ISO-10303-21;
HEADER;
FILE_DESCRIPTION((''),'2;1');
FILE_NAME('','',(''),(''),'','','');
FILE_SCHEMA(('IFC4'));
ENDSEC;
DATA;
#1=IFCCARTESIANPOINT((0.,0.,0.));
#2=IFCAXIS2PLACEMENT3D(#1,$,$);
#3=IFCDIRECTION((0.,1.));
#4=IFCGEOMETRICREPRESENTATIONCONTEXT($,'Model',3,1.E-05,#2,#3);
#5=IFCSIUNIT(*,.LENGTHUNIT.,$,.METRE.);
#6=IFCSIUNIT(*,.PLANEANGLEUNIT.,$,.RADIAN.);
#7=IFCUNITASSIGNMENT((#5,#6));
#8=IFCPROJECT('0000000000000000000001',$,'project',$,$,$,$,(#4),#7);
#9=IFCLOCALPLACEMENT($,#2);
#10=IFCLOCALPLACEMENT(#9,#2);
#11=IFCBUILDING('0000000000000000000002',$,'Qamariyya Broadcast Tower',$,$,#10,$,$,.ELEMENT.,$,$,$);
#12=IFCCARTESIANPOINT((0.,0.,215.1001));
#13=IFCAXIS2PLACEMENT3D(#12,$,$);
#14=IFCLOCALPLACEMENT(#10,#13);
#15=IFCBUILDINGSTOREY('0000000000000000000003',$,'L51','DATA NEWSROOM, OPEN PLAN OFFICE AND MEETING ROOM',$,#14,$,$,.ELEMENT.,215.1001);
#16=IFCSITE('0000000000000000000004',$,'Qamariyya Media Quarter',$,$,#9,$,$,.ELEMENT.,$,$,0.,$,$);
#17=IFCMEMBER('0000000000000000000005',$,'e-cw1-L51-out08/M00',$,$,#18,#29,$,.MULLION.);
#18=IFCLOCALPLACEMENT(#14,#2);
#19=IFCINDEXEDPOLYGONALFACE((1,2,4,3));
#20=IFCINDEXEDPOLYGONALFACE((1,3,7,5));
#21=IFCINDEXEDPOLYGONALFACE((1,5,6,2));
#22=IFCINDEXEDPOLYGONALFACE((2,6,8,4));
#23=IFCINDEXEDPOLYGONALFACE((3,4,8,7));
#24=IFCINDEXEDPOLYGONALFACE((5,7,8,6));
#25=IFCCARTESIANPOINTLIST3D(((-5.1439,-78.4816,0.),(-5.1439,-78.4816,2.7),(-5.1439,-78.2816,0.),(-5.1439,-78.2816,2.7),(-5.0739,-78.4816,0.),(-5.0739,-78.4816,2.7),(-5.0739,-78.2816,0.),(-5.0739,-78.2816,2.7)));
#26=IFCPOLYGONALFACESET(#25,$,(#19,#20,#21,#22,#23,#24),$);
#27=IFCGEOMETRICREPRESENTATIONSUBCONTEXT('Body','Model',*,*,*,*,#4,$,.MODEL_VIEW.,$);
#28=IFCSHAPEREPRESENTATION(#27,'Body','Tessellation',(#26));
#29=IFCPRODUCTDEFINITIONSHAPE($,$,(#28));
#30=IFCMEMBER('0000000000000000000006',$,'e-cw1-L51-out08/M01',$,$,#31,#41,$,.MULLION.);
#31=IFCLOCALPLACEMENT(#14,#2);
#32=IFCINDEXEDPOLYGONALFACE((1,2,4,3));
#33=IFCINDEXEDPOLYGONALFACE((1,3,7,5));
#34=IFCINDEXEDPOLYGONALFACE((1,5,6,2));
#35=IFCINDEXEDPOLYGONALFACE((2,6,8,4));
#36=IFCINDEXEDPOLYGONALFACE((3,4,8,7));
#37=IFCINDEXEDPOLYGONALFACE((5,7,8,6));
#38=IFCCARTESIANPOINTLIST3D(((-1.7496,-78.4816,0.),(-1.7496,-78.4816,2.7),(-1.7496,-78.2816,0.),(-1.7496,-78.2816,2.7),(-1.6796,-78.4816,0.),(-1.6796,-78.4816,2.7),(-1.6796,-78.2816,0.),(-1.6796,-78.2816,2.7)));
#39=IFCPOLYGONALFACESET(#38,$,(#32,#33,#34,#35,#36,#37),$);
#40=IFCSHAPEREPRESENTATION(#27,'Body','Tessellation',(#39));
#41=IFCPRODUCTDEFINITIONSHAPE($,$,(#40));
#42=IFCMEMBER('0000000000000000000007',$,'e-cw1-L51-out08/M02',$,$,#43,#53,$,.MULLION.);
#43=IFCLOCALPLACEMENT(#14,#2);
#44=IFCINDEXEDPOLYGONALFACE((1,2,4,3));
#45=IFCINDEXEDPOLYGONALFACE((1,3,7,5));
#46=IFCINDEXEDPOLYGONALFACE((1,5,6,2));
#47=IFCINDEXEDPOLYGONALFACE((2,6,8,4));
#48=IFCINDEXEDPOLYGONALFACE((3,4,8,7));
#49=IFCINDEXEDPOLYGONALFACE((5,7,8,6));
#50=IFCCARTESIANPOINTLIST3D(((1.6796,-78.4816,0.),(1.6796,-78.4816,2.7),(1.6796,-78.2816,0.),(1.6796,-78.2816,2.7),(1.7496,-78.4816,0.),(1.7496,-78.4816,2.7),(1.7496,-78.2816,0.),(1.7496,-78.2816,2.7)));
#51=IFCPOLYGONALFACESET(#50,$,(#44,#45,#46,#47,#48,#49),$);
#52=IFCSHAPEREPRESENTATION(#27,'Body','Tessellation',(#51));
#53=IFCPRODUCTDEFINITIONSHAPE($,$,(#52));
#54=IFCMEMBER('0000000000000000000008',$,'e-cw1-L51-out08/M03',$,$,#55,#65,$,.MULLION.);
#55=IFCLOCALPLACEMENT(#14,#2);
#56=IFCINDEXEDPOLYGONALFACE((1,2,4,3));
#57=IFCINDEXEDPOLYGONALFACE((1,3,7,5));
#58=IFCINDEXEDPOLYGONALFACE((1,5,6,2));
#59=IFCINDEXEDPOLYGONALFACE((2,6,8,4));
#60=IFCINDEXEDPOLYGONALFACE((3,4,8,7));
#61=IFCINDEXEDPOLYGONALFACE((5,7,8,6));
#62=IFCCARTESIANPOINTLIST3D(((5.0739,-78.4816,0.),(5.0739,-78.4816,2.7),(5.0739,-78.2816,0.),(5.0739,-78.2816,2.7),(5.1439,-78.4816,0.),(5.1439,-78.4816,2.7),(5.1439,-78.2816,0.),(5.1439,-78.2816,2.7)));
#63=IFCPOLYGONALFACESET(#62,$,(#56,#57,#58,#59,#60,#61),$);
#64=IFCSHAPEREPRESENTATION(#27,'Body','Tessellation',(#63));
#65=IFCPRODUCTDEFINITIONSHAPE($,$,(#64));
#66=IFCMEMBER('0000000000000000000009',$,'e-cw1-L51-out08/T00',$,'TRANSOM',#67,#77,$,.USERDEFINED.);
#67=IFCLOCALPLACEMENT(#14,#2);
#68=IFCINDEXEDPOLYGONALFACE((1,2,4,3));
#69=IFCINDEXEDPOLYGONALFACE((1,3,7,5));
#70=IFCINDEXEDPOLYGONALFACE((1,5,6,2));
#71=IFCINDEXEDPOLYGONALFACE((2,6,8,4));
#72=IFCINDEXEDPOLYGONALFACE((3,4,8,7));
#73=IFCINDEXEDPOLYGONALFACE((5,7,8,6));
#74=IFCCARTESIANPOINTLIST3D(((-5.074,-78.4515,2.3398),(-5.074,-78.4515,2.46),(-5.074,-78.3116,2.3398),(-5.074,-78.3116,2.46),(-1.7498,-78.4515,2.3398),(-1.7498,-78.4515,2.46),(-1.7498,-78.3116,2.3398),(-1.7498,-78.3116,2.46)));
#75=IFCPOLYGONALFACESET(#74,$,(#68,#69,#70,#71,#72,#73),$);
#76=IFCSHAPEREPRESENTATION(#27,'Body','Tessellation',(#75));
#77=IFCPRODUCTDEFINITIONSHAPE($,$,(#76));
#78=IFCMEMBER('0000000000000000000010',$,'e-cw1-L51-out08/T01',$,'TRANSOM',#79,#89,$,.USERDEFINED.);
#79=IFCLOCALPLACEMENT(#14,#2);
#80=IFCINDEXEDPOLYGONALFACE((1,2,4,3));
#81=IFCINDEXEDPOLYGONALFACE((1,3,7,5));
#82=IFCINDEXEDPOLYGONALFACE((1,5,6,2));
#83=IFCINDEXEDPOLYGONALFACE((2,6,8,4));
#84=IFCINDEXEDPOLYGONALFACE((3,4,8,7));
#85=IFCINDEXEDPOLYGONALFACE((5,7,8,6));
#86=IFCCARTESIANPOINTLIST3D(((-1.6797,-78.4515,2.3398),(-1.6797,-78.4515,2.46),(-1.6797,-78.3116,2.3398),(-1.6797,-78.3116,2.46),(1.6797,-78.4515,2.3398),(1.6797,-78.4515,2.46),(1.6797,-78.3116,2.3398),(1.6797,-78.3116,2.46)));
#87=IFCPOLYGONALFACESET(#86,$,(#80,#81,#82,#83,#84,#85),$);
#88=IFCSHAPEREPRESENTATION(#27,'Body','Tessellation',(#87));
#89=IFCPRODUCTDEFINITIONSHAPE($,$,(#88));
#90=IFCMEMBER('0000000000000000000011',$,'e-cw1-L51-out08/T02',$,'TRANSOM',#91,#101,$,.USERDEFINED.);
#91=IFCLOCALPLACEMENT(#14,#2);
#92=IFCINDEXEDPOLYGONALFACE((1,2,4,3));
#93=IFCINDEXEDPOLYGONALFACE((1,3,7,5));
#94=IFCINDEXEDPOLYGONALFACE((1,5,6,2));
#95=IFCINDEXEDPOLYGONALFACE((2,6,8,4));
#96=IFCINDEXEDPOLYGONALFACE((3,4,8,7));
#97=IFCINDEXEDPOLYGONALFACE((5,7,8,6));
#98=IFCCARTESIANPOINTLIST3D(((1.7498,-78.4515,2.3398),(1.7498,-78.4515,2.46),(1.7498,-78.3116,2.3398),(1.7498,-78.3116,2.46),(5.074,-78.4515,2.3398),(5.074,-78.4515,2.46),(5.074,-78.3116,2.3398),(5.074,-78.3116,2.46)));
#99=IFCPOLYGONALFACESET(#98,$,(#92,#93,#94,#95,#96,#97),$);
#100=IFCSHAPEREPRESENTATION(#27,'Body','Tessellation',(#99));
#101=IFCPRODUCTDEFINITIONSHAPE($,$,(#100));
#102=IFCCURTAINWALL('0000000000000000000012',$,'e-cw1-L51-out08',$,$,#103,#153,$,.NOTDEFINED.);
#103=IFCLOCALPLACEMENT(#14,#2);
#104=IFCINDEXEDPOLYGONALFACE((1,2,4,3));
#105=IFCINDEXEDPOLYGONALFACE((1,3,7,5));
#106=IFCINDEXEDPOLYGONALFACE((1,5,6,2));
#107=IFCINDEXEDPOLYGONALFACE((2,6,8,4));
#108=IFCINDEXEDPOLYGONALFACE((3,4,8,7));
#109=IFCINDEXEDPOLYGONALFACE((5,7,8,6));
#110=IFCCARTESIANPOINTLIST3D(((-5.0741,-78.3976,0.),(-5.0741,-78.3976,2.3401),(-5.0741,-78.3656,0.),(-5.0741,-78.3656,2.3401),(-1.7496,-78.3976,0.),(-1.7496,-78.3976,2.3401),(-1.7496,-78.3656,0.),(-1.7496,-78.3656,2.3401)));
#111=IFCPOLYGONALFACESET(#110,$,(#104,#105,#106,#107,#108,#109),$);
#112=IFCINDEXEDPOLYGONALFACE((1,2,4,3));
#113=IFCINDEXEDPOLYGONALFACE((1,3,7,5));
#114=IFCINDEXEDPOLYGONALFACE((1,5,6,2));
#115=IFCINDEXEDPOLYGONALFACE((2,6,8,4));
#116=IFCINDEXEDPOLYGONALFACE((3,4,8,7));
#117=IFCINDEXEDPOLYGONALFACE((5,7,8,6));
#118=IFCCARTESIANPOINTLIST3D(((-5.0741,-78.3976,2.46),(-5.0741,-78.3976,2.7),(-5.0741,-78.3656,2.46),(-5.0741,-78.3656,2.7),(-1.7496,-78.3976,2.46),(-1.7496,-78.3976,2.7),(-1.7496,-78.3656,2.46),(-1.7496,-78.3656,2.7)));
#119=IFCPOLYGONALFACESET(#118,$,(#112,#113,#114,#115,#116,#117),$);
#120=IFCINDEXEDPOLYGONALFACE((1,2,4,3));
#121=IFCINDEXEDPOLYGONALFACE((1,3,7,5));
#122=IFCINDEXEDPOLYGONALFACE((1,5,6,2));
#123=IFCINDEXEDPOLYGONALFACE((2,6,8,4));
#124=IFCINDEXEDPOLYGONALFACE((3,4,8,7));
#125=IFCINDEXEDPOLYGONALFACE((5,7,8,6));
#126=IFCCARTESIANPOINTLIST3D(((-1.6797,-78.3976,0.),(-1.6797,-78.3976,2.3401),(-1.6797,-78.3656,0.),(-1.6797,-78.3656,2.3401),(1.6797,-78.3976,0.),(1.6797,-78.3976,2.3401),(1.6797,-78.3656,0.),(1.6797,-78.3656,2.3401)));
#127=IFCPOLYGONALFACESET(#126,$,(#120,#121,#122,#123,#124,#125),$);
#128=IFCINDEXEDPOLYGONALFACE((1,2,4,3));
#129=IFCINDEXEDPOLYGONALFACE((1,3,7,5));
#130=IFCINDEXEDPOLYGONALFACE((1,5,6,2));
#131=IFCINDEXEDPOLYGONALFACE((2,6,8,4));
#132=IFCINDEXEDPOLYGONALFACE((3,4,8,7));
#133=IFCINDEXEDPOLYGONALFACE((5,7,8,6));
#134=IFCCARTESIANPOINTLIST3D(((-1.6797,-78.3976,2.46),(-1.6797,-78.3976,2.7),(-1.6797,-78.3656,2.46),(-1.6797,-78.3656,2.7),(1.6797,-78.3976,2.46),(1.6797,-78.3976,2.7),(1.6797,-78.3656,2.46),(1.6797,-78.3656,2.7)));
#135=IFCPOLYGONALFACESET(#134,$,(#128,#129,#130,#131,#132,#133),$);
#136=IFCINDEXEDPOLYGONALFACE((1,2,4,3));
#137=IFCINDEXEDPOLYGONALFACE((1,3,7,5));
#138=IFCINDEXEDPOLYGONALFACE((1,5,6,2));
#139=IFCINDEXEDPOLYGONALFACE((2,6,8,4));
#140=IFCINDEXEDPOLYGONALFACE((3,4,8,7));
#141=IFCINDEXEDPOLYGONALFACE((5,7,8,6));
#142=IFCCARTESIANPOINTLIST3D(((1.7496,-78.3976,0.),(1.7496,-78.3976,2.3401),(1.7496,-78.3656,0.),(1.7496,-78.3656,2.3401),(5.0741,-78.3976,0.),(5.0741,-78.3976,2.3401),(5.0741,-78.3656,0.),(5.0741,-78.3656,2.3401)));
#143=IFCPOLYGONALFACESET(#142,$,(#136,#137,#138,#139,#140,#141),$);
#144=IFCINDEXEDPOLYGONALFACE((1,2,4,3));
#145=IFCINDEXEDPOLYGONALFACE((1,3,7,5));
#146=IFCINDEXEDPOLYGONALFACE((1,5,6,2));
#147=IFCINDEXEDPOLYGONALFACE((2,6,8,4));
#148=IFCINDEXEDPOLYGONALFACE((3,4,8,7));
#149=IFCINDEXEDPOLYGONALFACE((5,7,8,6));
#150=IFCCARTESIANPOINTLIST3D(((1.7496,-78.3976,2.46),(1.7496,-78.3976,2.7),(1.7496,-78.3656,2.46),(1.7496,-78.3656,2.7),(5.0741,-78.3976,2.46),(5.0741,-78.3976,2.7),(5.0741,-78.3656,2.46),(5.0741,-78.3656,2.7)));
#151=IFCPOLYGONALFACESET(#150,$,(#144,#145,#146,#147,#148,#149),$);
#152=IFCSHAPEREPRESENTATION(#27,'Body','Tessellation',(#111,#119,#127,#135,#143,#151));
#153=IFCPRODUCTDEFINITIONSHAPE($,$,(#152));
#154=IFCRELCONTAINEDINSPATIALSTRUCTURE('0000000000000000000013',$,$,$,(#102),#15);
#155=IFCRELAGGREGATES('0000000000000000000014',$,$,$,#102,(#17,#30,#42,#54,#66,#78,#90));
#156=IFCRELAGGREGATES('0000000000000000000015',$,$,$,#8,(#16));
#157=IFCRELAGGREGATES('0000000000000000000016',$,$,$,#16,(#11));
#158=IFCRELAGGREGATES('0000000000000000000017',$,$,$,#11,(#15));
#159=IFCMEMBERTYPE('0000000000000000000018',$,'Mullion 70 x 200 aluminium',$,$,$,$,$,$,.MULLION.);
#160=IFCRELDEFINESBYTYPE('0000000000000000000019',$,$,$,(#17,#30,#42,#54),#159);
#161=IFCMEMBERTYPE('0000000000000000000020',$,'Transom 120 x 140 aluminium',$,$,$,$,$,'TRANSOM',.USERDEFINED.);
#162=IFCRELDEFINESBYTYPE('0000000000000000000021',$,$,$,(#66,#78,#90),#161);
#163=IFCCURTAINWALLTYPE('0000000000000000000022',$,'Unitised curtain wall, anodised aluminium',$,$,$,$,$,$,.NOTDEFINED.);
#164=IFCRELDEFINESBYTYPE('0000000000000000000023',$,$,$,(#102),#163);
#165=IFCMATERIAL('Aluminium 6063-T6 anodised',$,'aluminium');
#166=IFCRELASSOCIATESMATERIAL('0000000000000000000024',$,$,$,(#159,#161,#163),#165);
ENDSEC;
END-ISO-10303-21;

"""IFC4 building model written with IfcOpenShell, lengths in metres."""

from ifc_helpers import new_model, si_unit, direction, frame, origin, origin_2d, place, context, subcontext, project, spatial, rectangle, extrude, material, material_profile, profile_set, type_object, element, aggregate, save


model = new_model("IFC4")

# Units and contexts
model_context = context("Model", 3, precision=1e-05, world=origin(), true_north=direction((0.0, 1.0)))
body_context = subcontext(model_context, "Body", "Model", "MODEL_VIEW")
ifc_project = project(units=[si_unit("LENGTHUNIT", "METRE"), si_unit("PLANEANGLEUNIT", "RADIAN")], contexts=[model_context])

# Members
ifc_material = material(Name="Aluminium 6063-T6 anodised", Category="aluminium")
ifc_material_profile_1 = material_profile(ifc_material, rectangle(XDim=0.2, YDim=0.0701, at=origin_2d()))
ifc_profile_set_1 = profile_set([ifc_material_profile_1], Name="Aluminium 6063-T6 anodised")
member_type_1 = type_object("IfcMemberType", Name="Mullion 70 x 200 aluminium", PredefinedType="MULLION", material=ifc_profile_set_1)
site_placement = place(None, origin())
building_placement = place(site_placement, origin())
storey_placement = place(building_placement, frame((0.0, 0.0, 215.1001)))
member_1_placement = place(storey_placement, frame((-5.1089, -78.3816, 0.0), z_axis=(0.0, 0.0, 1.0), x_axis=(0.0, 1.0, 0.0)))
member_1 = element("IfcMember", 1, at=member_1_placement, type_object=member_type_1, Name="e-cw1-L51-out08/M00", PredefinedType="MULLION", context=body_context, shape_type="SweptSolid", body=[
    extrude(rectangle(XDim=0.2, YDim=0.0701, at=origin_2d()), origin(), (0.0, 0.0, 1.0), 2.7),
])
member_2_placement = place(storey_placement, frame((-1.7146, -78.3816, 0.0), z_axis=(0.0, 0.0, 1.0), x_axis=(0.0, 1.0, 0.0)))
member_2 = element("IfcMember", 2, at=member_2_placement, type_object=member_type_1, Name="e-cw1-L51-out08/M01", PredefinedType="MULLION", context=body_context, shape_type="SweptSolid", body=[
    extrude(rectangle(XDim=0.2, YDim=0.0701, at=origin_2d()), origin(), (0.0, 0.0, 1.0), 2.7),
])
member_3_placement = place(storey_placement, frame((1.7146, -78.3816, 0.0), z_axis=(0.0, 0.0, 1.0), x_axis=(0.0, 1.0, 0.0)))
member_3 = element("IfcMember", 3, at=member_3_placement, type_object=member_type_1, Name="e-cw1-L51-out08/M02", PredefinedType="MULLION", context=body_context, shape_type="SweptSolid", body=[
    extrude(rectangle(XDim=0.2, YDim=0.0701, at=origin_2d()), origin(), (0.0, 0.0, 1.0), 2.7),
])
member_4_placement = place(storey_placement, frame((5.1089, -78.3816, 0.0), z_axis=(0.0, 0.0, 1.0), x_axis=(0.0, 1.0, 0.0)))
member_4 = element("IfcMember", 4, at=member_4_placement, type_object=member_type_1, Name="e-cw1-L51-out08/M03", PredefinedType="MULLION", context=body_context, shape_type="SweptSolid", body=[
    extrude(rectangle(XDim=0.2, YDim=0.0701, at=origin_2d()), origin(), (0.0, 0.0, 1.0), 2.7),
])
ifc_material_profile_2 = material_profile(ifc_material, rectangle(XDim=0.1399, YDim=0.1201, at=origin_2d()))
ifc_profile_set_2 = profile_set([ifc_material_profile_2], Name="Aluminium 6063-T6 anodised")
member_type_2 = type_object("IfcMemberType", Name="Transom 120 x 140 aluminium", ElementType="TRANSOM", PredefinedType="USERDEFINED", material=ifc_profile_set_2)
member_5_placement = place(storey_placement, frame((-5.074, -78.3816, 2.3999), z_axis=(1.0, 0.0, 0.0), x_axis=(0.0, 1.0, 0.0)))
member_5 = element("IfcMember", 5, at=member_5_placement, type_object=member_type_2, Name="e-cw1-L51-out08/T00", ObjectType="TRANSOM", PredefinedType="USERDEFINED", context=body_context, shape_type="SweptSolid", body=[
    extrude(rectangle(XDim=0.1399, YDim=0.1201, at=origin_2d()), origin(), (0.0, 0.0, 1.0), 3.3242),
])
member_6_placement = place(storey_placement, frame((-1.6797, -78.3816, 2.3999), z_axis=(1.0, 0.0, 0.0), x_axis=(0.0, 1.0, 0.0)))
member_6 = element("IfcMember", 6, at=member_6_placement, type_object=member_type_2, Name="e-cw1-L51-out08/T01", ObjectType="TRANSOM", PredefinedType="USERDEFINED", context=body_context, shape_type="SweptSolid", body=[
    extrude(rectangle(XDim=0.1399, YDim=0.1201, at=origin_2d()), origin(), (0.0, 0.0, 1.0), 3.3594),
])
member_7_placement = place(storey_placement, frame((1.7498, -78.3816, 2.3999), z_axis=(1.0, 0.0, 0.0), x_axis=(0.0, 1.0, 0.0)))
member_7 = element("IfcMember", 7, at=member_7_placement, type_object=member_type_2, Name="e-cw1-L51-out08/T02", ObjectType="TRANSOM", PredefinedType="USERDEFINED", context=body_context, shape_type="SweptSolid", body=[
    extrude(rectangle(XDim=0.1399, YDim=0.1201, at=origin_2d()), origin(), (0.0, 0.0, 1.0), 3.3242),
])

# Site, building, storey
site = spatial("IfcSite", under=ifc_project, at=site_placement, Name="Qamariyya Media Quarter", CompositionType="ELEMENT", RefElevation=0.0)
building = spatial("IfcBuilding", under=site, at=building_placement, Name="Qamariyya Broadcast Tower", CompositionType="ELEMENT")
storey = spatial("IfcBuildingStorey", under=building, at=storey_placement, Name="L51", Description="DATA NEWSROOM, OPEN PLAN OFFICE AND MEETING ROOM", CompositionType="ELEMENT", Elevation=215.1001)

# Curtain wall
curtain_wall_type = type_object("IfcCurtainWallType", Name="Unitised curtain wall, anodised aluminium", PredefinedType="NOTDEFINED", material=ifc_material)
curtain_wall_1_placement = place(storey_placement, origin())
curtain_wall_1 = element("IfcCurtainWall", 8, at=curtain_wall_1_placement, inside=storey, type_object=curtain_wall_type, Name="e-cw1-L51-out08", PredefinedType="NOTDEFINED", context=body_context, shape_type="SweptSolid", body=[
    extrude(rectangle(XDim=3.3245, YDim=0.032, at=origin_2d()), frame((-3.4119, -78.3816, 0.0), x_axis=(1.0, 0.0, 0.0)), (0.0, 0.0, 1.0), 2.3401),
    extrude(rectangle(XDim=3.3245, YDim=0.032, at=origin_2d()), frame((-3.4119, -78.3816, 2.46), x_axis=(1.0, 0.0, 0.0)), (0.0, 0.0, 1.0), 0.24),
    extrude(rectangle(XDim=3.3594, YDim=0.032, at=origin_2d()), frame((0.0, -78.3816, 0.0), x_axis=(1.0, 0.0, 0.0)), (0.0, 0.0, 1.0), 2.3401),
    extrude(rectangle(XDim=3.3594, YDim=0.032, at=origin_2d()), frame((0.0, -78.3816, 2.46), x_axis=(1.0, 0.0, 0.0)), (0.0, 0.0, 1.0), 0.24),
    extrude(rectangle(XDim=3.3245, YDim=0.032, at=origin_2d()), frame((3.4119, -78.3816, 0.0), x_axis=(1.0, 0.0, 0.0)), (0.0, 0.0, 1.0), 2.3401),
    extrude(rectangle(XDim=3.3245, YDim=0.032, at=origin_2d()), frame((3.4119, -78.3816, 2.46), x_axis=(1.0, 0.0, 0.0)), (0.0, 0.0, 1.0), 0.24),
])
aggregate(curtain_wall_1, [member_1, member_2, member_3, member_4, member_5, member_6, member_7])

save(model, "model.ifc")
